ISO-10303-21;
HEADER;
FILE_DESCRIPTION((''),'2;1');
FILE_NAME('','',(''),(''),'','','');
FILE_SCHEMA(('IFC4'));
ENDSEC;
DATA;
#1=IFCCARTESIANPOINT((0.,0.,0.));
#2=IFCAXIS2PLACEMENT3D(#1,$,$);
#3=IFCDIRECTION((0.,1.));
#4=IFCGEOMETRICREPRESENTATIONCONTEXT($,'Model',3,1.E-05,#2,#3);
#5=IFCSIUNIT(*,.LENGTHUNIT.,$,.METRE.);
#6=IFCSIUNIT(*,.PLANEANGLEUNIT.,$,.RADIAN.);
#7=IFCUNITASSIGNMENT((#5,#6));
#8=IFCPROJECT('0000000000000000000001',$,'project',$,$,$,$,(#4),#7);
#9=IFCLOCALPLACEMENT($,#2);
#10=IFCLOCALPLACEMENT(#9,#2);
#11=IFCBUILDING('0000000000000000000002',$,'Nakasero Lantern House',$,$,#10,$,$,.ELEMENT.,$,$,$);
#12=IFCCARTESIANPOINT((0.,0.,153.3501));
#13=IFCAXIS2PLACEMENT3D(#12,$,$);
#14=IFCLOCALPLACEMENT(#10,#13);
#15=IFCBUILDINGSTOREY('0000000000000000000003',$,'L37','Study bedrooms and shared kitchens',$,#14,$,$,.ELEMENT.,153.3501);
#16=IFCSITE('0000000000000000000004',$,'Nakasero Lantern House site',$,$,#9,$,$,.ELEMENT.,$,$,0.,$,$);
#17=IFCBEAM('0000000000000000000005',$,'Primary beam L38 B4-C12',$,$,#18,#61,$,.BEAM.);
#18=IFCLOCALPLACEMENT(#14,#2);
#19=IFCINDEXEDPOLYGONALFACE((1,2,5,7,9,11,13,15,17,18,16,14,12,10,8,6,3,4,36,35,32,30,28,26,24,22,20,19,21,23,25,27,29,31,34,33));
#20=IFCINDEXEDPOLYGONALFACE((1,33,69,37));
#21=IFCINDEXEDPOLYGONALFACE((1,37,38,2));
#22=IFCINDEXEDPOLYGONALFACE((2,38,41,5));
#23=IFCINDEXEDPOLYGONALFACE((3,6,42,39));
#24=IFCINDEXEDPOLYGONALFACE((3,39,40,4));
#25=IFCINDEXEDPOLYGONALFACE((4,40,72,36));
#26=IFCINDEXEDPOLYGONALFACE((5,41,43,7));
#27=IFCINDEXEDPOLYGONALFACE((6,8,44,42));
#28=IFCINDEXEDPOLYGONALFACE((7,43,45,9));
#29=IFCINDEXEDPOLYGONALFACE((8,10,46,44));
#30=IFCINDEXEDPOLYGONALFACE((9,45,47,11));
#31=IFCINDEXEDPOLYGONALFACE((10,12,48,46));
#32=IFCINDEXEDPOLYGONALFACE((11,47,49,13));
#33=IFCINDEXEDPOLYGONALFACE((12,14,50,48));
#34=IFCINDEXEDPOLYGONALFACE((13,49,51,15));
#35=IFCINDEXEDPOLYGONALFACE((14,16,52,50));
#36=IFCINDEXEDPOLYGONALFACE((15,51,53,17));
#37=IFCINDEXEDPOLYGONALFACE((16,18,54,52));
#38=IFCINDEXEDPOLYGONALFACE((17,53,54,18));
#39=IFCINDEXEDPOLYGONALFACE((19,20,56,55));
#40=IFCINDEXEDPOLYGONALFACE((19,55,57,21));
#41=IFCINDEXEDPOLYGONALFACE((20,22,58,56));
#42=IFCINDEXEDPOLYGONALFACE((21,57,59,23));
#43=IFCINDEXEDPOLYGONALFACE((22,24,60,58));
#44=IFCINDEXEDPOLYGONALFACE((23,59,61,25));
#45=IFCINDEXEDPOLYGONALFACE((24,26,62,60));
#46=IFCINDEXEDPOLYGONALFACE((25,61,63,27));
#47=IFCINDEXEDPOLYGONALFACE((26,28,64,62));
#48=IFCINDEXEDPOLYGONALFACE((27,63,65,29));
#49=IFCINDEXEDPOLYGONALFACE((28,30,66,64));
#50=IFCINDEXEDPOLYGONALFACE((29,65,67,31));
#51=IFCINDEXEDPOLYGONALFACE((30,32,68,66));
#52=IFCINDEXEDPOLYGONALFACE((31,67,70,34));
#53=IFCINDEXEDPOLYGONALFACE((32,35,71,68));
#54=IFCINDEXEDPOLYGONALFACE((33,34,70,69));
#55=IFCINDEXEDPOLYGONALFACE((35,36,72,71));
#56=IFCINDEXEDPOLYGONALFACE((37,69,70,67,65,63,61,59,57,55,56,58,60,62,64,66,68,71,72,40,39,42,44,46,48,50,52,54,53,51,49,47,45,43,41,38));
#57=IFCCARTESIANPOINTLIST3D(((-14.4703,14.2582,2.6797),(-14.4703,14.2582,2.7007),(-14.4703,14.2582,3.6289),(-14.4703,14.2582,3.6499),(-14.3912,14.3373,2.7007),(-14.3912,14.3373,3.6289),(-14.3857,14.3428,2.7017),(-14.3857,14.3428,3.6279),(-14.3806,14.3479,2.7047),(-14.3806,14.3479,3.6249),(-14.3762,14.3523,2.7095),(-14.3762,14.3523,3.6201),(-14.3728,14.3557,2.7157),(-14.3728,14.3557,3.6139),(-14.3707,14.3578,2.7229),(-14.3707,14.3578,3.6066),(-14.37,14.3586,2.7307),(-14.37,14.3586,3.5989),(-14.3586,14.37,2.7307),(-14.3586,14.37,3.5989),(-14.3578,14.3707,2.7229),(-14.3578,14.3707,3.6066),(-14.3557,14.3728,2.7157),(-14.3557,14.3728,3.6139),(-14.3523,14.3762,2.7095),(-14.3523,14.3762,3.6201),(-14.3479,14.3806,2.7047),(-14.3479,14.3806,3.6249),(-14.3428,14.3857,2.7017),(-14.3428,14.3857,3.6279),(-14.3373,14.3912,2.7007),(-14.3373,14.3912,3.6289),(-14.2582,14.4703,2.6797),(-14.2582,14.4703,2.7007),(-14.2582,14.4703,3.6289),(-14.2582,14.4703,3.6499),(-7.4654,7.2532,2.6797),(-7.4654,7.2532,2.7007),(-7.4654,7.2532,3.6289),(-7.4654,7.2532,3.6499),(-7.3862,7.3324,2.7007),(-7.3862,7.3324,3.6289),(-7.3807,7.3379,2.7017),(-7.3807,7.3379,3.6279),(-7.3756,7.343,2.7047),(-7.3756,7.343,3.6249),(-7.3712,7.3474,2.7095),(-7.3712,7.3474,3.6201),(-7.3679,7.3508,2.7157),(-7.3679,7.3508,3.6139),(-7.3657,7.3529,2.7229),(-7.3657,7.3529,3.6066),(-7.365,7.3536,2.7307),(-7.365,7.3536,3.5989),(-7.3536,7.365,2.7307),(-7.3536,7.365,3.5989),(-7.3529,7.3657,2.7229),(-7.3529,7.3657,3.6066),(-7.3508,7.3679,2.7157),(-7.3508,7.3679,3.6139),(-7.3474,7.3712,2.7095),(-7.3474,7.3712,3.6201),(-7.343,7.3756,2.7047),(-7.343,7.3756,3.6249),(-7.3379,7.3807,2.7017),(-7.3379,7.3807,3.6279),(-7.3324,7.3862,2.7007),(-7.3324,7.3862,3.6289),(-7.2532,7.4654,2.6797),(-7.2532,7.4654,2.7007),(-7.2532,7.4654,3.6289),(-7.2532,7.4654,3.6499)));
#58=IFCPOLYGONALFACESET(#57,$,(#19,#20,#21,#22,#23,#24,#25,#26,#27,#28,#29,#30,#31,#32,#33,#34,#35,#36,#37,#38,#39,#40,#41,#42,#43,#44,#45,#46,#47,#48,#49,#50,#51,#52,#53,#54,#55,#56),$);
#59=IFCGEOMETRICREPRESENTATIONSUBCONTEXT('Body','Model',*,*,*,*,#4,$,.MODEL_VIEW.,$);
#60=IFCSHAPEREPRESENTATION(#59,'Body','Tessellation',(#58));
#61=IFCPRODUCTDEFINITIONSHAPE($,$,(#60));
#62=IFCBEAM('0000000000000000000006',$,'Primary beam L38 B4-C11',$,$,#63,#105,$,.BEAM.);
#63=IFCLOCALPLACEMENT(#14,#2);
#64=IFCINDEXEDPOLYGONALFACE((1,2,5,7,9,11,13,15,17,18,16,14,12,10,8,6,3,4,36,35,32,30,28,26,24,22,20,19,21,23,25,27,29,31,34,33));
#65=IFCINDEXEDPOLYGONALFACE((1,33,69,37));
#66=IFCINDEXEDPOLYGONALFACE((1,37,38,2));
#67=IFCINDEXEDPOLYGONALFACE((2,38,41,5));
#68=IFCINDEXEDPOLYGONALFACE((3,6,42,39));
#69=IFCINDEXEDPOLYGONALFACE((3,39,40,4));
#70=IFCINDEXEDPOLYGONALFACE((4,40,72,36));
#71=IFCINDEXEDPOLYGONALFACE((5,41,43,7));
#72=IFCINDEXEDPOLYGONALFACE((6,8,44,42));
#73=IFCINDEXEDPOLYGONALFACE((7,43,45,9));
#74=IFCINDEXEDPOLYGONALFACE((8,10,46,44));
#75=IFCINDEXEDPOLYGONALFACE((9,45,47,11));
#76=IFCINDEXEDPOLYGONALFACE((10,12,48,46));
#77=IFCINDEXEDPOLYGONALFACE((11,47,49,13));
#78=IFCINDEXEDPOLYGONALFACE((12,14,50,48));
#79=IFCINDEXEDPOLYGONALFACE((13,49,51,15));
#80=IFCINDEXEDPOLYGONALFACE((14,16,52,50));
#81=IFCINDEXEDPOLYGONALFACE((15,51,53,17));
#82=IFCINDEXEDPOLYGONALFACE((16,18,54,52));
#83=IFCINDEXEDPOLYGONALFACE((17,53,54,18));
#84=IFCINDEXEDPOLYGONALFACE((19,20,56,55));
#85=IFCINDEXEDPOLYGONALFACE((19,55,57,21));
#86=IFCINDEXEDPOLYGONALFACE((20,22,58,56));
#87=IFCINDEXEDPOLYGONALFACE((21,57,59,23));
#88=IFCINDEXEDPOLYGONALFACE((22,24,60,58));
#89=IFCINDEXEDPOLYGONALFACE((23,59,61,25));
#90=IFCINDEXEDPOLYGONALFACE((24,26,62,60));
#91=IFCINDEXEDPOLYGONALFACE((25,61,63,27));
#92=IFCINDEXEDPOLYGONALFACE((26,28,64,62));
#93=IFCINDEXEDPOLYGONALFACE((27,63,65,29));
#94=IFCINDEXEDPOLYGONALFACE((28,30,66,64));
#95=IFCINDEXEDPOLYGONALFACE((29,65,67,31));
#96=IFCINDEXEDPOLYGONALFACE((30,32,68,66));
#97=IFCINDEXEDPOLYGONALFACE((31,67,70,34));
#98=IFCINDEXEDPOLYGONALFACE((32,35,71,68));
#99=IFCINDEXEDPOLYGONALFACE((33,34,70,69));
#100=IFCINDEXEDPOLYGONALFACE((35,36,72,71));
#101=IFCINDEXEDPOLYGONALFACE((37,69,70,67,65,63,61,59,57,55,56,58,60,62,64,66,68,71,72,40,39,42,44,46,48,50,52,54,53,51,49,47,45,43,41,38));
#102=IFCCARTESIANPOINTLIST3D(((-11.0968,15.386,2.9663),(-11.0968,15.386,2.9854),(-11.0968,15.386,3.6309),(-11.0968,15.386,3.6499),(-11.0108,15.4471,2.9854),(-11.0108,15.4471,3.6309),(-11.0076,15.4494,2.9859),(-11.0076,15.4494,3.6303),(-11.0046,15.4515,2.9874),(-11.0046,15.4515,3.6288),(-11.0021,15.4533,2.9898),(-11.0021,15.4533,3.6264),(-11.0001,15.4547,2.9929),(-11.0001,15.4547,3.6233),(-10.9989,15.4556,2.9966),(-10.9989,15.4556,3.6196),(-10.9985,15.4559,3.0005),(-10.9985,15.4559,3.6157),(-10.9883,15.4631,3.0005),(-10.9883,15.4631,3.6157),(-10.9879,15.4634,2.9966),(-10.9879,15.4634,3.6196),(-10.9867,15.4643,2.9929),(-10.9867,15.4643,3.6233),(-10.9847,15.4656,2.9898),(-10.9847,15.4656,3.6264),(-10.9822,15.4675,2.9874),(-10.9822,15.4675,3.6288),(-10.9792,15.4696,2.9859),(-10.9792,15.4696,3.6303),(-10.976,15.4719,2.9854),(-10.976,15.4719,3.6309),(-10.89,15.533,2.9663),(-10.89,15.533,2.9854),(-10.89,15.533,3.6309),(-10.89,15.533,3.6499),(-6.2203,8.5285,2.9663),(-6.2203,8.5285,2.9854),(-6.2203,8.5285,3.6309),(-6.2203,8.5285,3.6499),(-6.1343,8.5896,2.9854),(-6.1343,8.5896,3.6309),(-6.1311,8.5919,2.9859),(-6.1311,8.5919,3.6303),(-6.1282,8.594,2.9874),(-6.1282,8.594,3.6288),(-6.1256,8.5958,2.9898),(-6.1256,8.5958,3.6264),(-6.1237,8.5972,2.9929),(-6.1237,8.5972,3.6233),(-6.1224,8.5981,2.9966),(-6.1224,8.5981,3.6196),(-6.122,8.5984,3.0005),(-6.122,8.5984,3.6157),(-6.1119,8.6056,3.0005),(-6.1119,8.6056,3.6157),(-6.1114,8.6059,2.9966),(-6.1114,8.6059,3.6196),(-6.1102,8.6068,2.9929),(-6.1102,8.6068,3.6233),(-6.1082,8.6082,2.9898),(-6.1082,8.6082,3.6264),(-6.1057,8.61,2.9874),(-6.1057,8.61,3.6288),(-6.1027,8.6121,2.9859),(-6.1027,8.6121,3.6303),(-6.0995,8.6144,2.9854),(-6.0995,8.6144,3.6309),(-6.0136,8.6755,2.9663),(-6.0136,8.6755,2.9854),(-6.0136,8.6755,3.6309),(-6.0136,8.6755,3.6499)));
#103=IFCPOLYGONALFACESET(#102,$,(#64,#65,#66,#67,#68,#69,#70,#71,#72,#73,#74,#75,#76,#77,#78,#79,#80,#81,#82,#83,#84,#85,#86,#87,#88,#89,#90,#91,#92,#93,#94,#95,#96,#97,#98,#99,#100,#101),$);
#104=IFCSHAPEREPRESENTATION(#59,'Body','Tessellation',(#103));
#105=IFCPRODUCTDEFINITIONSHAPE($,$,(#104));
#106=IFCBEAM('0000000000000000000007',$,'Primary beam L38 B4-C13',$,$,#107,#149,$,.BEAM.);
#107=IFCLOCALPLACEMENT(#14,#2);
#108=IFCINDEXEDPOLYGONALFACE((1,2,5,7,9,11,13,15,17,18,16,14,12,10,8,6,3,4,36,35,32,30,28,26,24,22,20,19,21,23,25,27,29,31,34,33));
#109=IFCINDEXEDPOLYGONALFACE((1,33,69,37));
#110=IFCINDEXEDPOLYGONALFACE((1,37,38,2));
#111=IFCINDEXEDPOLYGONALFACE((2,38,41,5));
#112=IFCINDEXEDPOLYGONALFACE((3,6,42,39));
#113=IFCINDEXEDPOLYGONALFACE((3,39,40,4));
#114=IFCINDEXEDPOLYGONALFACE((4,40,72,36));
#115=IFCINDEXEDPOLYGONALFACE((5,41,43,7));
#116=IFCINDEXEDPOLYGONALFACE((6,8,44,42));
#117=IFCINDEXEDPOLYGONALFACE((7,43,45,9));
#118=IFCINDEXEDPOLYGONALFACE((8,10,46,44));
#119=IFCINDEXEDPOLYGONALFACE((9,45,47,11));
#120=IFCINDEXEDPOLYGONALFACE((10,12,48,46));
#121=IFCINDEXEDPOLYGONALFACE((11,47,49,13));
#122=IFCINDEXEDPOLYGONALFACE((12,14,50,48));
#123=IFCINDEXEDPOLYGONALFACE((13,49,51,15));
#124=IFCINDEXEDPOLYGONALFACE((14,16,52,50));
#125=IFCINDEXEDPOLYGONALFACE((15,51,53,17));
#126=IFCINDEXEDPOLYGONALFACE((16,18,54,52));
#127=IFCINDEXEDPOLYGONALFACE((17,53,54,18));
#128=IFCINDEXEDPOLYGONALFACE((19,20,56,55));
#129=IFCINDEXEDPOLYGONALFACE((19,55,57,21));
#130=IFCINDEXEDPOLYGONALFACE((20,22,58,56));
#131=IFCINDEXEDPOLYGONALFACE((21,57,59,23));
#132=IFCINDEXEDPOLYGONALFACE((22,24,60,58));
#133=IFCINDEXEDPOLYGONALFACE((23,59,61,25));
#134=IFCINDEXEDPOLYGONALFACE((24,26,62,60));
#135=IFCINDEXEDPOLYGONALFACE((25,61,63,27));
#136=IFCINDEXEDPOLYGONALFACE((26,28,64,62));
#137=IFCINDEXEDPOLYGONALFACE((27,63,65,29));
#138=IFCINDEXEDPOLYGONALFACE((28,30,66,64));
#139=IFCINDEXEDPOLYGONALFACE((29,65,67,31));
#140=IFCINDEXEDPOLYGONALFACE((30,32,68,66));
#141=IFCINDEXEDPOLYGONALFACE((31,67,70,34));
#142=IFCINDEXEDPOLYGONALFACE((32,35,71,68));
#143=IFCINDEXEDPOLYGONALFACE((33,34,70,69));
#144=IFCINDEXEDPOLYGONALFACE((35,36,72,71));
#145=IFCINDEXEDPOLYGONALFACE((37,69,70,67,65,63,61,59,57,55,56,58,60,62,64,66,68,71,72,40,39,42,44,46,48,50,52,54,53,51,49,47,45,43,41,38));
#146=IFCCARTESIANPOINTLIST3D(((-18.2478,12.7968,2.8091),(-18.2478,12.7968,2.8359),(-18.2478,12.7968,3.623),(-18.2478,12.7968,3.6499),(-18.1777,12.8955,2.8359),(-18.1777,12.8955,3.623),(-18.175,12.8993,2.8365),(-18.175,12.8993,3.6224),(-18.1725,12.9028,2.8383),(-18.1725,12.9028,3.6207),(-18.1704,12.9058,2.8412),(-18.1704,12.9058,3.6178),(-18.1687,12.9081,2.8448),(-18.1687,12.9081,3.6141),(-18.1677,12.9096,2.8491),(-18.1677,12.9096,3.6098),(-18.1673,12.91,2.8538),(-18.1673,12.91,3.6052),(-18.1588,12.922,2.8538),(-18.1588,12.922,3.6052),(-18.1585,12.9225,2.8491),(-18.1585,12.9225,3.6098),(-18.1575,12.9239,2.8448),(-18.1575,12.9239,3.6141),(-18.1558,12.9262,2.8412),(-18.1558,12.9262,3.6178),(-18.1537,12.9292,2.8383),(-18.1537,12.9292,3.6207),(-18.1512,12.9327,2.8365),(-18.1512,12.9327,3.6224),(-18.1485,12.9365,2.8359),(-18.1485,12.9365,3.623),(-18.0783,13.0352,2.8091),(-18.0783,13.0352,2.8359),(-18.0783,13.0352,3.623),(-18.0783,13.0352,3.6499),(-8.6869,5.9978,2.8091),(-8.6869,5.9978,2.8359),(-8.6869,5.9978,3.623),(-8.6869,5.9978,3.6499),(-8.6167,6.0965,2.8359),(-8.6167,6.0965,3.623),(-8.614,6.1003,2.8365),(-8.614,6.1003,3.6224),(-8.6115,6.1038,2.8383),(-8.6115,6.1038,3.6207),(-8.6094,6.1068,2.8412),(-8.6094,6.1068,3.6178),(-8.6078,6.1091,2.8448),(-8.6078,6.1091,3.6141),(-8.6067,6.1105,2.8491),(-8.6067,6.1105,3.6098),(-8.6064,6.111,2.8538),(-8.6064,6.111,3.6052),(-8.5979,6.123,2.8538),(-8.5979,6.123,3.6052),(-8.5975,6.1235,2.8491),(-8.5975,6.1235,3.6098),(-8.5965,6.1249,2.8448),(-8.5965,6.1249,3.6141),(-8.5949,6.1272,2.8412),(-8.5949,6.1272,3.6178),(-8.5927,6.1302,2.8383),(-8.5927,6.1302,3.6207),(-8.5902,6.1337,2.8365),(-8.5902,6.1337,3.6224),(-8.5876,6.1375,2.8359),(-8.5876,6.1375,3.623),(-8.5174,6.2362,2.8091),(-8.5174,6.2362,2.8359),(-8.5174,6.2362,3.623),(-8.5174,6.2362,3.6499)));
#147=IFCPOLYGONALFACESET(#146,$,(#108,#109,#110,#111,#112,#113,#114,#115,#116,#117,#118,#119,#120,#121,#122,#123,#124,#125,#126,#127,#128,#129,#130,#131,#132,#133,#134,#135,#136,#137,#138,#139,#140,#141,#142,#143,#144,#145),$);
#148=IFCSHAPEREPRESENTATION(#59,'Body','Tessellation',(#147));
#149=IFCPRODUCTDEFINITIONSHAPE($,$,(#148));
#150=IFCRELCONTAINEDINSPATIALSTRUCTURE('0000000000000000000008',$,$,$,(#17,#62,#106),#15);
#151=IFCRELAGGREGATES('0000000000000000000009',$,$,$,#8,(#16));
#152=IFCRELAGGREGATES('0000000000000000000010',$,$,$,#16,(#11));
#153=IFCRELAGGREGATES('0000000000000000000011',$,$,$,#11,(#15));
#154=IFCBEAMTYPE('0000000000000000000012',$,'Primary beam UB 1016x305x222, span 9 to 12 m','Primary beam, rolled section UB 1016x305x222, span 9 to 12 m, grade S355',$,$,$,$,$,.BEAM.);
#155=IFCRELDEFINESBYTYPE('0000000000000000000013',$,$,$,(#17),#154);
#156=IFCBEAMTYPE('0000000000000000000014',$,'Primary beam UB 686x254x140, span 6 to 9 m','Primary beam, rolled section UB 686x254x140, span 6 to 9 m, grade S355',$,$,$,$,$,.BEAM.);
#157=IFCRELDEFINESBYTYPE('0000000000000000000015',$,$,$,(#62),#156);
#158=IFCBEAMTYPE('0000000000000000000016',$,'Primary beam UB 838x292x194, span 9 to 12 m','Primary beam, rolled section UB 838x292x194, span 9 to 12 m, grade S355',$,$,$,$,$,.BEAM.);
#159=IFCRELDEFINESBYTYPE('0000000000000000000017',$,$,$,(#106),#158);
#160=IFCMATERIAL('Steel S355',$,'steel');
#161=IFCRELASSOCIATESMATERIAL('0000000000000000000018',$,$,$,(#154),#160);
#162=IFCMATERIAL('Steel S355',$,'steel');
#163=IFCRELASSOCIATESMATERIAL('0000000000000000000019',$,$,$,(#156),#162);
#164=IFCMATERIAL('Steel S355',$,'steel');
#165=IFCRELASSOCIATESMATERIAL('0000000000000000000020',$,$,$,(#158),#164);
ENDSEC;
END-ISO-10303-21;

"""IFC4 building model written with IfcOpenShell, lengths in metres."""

from ifc_helpers import new_model, si_unit, direction, frame, origin, origin_2d, place, context, subcontext, project, spatial, i_section, extrude, material, material_profile, profile_set, type_object, element, save


model = new_model("IFC4")

# Units and contexts
model_context = context("Model", 3, precision=1e-05, world=origin(), true_north=direction((0.0, 1.0)))
body_context = subcontext(model_context, "Body", "Model", "MODEL_VIEW")
ifc_project = project(units=[si_unit("LENGTHUNIT", "METRE"), si_unit("PLANEANGLEUNIT", "RADIAN")], contexts=[model_context])

# Site, building, storey
site_placement = place(None, origin())
site = spatial("IfcSite", under=ifc_project, at=site_placement, Name="Nakasero Lantern House site", CompositionType="ELEMENT", RefElevation=0.0)
building_placement = place(site_placement, origin())
building = spatial("IfcBuilding", under=site, at=building_placement, Name="Nakasero Lantern House", CompositionType="ELEMENT")
storey_placement = place(building_placement, frame((0.0, 0.0, 153.3501)))
storey = spatial("IfcBuildingStorey", under=building, at=storey_placement, Name="L37", Description="Study bedrooms and shared kitchens", CompositionType="ELEMENT", Elevation=153.3501)

# Beams
ifc_material_1 = material(Name="Steel S355", Category="steel")
ifc_material_profile_1 = material_profile(ifc_material_1, i_section(OverallWidth=0.3, OverallDepth=0.9702, WebThickness=0.0161, FlangeThickness=0.021, FilletRadius=0.03, at=origin_2d()), Name="UB 1016x305x222")
ifc_profile_set_1 = profile_set([ifc_material_profile_1], Name="Steel S355")
beam_type_1 = type_object("IfcBeamType", Name="Primary beam UB 1016x305x222, span 9 to 12 m", Description="Primary beam, rolled section UB 1016x305x222, span 9 to 12 m, grade S355", PredefinedType="BEAM", material=ifc_profile_set_1)
beam_1_placement = place(storey_placement, frame((-14.3643, 14.3643, 3.1648), z_axis=(0.707107, -0.707107, 0.0), x_axis=(0.707107, 0.707107, 0.0)))
element("IfcBeam", 1, at=beam_1_placement, inside=storey, type_object=beam_type_1, Name="Primary beam L38 B4-C12", PredefinedType="BEAM", context=body_context, shape_type="SweptSolid", body=[
    extrude(i_section(OverallWidth=0.3, OverallDepth=0.9702, WebThickness=0.0161, FlangeThickness=0.021, FilletRadius=0.03, at=origin_2d()), origin(), (0.0, 0.0, 1.0), 9.9065),
])
ifc_material_2 = material(Name="Steel S355", Category="steel")
ifc_material_profile_2 = material_profile(ifc_material_2, i_section(OverallWidth=0.2537, OverallDepth=0.6836, WebThickness=0.0125, FlangeThickness=0.019, FilletRadius=0.0151, at=origin_2d()), Name="UB 686x254x140")
ifc_profile_set_2 = profile_set([ifc_material_profile_2], Name="Steel S355")
beam_type_2 = type_object("IfcBeamType", Name="Primary beam UB 686x254x140, span 6 to 9 m", Description="Primary beam, rolled section UB 686x254x140, span 6 to 9 m, grade S355", PredefinedType="BEAM", material=ifc_profile_set_2)
beam_2_placement = place(storey_placement, frame((-10.9934, 15.4595, 3.3081), z_axis=(0.57953, -0.814951, 0.0), x_axis=(0.814951, 0.57953, 0.0)))
element("IfcBeam", 2, at=beam_2_placement, inside=storey, type_object=beam_type_2, Name="Primary beam L38 B4-C11", PredefinedType="BEAM", context=body_context, shape_type="SweptSolid", body=[
    extrude(i_section(OverallWidth=0.2537, OverallDepth=0.6836, WebThickness=0.0125, FlangeThickness=0.019, FilletRadius=0.0151, at=origin_2d()), origin(), (0.0, 0.0, 1.0), 8.4146),
])
ifc_material_3 = material(Name="Steel S355", Category="steel")
ifc_material_profile_3 = material_profile(ifc_material_3, i_section(OverallWidth=0.2925, OverallDepth=0.8408, WebThickness=0.0146, FlangeThickness=0.0269, FilletRadius=0.0178, at=origin_2d()), Name="UB 838x292x194")
ifc_profile_set_3 = profile_set([ifc_material_profile_3], Name="Steel S355")
beam_type_3 = type_object("IfcBeamType", Name="Primary beam UB 838x292x194, span 9 to 12 m", Description="Primary beam, rolled section UB 838x292x194, span 9 to 12 m, grade S355", PredefinedType="BEAM", material=ifc_profile_set_3)
beam_3_placement = place(storey_placement, frame((-18.1631, 12.916, 3.2295), z_axis=(0.814951, -0.57953, 0.0), x_axis=(0.57953, 0.814951, 0.0)))
element("IfcBeam", 3, at=beam_3_placement, inside=storey, type_object=beam_type_3, Name="Primary beam L38 B4-C13", PredefinedType="BEAM", context=body_context, shape_type="SweptSolid", body=[
    extrude(i_section(OverallWidth=0.2925, OverallDepth=0.8408, WebThickness=0.0146, FlangeThickness=0.0269, FilletRadius=0.0178, at=origin_2d()), origin(), (0.0, 0.0, 1.0), 11.7319),
])

save(model, "model.ifc")
